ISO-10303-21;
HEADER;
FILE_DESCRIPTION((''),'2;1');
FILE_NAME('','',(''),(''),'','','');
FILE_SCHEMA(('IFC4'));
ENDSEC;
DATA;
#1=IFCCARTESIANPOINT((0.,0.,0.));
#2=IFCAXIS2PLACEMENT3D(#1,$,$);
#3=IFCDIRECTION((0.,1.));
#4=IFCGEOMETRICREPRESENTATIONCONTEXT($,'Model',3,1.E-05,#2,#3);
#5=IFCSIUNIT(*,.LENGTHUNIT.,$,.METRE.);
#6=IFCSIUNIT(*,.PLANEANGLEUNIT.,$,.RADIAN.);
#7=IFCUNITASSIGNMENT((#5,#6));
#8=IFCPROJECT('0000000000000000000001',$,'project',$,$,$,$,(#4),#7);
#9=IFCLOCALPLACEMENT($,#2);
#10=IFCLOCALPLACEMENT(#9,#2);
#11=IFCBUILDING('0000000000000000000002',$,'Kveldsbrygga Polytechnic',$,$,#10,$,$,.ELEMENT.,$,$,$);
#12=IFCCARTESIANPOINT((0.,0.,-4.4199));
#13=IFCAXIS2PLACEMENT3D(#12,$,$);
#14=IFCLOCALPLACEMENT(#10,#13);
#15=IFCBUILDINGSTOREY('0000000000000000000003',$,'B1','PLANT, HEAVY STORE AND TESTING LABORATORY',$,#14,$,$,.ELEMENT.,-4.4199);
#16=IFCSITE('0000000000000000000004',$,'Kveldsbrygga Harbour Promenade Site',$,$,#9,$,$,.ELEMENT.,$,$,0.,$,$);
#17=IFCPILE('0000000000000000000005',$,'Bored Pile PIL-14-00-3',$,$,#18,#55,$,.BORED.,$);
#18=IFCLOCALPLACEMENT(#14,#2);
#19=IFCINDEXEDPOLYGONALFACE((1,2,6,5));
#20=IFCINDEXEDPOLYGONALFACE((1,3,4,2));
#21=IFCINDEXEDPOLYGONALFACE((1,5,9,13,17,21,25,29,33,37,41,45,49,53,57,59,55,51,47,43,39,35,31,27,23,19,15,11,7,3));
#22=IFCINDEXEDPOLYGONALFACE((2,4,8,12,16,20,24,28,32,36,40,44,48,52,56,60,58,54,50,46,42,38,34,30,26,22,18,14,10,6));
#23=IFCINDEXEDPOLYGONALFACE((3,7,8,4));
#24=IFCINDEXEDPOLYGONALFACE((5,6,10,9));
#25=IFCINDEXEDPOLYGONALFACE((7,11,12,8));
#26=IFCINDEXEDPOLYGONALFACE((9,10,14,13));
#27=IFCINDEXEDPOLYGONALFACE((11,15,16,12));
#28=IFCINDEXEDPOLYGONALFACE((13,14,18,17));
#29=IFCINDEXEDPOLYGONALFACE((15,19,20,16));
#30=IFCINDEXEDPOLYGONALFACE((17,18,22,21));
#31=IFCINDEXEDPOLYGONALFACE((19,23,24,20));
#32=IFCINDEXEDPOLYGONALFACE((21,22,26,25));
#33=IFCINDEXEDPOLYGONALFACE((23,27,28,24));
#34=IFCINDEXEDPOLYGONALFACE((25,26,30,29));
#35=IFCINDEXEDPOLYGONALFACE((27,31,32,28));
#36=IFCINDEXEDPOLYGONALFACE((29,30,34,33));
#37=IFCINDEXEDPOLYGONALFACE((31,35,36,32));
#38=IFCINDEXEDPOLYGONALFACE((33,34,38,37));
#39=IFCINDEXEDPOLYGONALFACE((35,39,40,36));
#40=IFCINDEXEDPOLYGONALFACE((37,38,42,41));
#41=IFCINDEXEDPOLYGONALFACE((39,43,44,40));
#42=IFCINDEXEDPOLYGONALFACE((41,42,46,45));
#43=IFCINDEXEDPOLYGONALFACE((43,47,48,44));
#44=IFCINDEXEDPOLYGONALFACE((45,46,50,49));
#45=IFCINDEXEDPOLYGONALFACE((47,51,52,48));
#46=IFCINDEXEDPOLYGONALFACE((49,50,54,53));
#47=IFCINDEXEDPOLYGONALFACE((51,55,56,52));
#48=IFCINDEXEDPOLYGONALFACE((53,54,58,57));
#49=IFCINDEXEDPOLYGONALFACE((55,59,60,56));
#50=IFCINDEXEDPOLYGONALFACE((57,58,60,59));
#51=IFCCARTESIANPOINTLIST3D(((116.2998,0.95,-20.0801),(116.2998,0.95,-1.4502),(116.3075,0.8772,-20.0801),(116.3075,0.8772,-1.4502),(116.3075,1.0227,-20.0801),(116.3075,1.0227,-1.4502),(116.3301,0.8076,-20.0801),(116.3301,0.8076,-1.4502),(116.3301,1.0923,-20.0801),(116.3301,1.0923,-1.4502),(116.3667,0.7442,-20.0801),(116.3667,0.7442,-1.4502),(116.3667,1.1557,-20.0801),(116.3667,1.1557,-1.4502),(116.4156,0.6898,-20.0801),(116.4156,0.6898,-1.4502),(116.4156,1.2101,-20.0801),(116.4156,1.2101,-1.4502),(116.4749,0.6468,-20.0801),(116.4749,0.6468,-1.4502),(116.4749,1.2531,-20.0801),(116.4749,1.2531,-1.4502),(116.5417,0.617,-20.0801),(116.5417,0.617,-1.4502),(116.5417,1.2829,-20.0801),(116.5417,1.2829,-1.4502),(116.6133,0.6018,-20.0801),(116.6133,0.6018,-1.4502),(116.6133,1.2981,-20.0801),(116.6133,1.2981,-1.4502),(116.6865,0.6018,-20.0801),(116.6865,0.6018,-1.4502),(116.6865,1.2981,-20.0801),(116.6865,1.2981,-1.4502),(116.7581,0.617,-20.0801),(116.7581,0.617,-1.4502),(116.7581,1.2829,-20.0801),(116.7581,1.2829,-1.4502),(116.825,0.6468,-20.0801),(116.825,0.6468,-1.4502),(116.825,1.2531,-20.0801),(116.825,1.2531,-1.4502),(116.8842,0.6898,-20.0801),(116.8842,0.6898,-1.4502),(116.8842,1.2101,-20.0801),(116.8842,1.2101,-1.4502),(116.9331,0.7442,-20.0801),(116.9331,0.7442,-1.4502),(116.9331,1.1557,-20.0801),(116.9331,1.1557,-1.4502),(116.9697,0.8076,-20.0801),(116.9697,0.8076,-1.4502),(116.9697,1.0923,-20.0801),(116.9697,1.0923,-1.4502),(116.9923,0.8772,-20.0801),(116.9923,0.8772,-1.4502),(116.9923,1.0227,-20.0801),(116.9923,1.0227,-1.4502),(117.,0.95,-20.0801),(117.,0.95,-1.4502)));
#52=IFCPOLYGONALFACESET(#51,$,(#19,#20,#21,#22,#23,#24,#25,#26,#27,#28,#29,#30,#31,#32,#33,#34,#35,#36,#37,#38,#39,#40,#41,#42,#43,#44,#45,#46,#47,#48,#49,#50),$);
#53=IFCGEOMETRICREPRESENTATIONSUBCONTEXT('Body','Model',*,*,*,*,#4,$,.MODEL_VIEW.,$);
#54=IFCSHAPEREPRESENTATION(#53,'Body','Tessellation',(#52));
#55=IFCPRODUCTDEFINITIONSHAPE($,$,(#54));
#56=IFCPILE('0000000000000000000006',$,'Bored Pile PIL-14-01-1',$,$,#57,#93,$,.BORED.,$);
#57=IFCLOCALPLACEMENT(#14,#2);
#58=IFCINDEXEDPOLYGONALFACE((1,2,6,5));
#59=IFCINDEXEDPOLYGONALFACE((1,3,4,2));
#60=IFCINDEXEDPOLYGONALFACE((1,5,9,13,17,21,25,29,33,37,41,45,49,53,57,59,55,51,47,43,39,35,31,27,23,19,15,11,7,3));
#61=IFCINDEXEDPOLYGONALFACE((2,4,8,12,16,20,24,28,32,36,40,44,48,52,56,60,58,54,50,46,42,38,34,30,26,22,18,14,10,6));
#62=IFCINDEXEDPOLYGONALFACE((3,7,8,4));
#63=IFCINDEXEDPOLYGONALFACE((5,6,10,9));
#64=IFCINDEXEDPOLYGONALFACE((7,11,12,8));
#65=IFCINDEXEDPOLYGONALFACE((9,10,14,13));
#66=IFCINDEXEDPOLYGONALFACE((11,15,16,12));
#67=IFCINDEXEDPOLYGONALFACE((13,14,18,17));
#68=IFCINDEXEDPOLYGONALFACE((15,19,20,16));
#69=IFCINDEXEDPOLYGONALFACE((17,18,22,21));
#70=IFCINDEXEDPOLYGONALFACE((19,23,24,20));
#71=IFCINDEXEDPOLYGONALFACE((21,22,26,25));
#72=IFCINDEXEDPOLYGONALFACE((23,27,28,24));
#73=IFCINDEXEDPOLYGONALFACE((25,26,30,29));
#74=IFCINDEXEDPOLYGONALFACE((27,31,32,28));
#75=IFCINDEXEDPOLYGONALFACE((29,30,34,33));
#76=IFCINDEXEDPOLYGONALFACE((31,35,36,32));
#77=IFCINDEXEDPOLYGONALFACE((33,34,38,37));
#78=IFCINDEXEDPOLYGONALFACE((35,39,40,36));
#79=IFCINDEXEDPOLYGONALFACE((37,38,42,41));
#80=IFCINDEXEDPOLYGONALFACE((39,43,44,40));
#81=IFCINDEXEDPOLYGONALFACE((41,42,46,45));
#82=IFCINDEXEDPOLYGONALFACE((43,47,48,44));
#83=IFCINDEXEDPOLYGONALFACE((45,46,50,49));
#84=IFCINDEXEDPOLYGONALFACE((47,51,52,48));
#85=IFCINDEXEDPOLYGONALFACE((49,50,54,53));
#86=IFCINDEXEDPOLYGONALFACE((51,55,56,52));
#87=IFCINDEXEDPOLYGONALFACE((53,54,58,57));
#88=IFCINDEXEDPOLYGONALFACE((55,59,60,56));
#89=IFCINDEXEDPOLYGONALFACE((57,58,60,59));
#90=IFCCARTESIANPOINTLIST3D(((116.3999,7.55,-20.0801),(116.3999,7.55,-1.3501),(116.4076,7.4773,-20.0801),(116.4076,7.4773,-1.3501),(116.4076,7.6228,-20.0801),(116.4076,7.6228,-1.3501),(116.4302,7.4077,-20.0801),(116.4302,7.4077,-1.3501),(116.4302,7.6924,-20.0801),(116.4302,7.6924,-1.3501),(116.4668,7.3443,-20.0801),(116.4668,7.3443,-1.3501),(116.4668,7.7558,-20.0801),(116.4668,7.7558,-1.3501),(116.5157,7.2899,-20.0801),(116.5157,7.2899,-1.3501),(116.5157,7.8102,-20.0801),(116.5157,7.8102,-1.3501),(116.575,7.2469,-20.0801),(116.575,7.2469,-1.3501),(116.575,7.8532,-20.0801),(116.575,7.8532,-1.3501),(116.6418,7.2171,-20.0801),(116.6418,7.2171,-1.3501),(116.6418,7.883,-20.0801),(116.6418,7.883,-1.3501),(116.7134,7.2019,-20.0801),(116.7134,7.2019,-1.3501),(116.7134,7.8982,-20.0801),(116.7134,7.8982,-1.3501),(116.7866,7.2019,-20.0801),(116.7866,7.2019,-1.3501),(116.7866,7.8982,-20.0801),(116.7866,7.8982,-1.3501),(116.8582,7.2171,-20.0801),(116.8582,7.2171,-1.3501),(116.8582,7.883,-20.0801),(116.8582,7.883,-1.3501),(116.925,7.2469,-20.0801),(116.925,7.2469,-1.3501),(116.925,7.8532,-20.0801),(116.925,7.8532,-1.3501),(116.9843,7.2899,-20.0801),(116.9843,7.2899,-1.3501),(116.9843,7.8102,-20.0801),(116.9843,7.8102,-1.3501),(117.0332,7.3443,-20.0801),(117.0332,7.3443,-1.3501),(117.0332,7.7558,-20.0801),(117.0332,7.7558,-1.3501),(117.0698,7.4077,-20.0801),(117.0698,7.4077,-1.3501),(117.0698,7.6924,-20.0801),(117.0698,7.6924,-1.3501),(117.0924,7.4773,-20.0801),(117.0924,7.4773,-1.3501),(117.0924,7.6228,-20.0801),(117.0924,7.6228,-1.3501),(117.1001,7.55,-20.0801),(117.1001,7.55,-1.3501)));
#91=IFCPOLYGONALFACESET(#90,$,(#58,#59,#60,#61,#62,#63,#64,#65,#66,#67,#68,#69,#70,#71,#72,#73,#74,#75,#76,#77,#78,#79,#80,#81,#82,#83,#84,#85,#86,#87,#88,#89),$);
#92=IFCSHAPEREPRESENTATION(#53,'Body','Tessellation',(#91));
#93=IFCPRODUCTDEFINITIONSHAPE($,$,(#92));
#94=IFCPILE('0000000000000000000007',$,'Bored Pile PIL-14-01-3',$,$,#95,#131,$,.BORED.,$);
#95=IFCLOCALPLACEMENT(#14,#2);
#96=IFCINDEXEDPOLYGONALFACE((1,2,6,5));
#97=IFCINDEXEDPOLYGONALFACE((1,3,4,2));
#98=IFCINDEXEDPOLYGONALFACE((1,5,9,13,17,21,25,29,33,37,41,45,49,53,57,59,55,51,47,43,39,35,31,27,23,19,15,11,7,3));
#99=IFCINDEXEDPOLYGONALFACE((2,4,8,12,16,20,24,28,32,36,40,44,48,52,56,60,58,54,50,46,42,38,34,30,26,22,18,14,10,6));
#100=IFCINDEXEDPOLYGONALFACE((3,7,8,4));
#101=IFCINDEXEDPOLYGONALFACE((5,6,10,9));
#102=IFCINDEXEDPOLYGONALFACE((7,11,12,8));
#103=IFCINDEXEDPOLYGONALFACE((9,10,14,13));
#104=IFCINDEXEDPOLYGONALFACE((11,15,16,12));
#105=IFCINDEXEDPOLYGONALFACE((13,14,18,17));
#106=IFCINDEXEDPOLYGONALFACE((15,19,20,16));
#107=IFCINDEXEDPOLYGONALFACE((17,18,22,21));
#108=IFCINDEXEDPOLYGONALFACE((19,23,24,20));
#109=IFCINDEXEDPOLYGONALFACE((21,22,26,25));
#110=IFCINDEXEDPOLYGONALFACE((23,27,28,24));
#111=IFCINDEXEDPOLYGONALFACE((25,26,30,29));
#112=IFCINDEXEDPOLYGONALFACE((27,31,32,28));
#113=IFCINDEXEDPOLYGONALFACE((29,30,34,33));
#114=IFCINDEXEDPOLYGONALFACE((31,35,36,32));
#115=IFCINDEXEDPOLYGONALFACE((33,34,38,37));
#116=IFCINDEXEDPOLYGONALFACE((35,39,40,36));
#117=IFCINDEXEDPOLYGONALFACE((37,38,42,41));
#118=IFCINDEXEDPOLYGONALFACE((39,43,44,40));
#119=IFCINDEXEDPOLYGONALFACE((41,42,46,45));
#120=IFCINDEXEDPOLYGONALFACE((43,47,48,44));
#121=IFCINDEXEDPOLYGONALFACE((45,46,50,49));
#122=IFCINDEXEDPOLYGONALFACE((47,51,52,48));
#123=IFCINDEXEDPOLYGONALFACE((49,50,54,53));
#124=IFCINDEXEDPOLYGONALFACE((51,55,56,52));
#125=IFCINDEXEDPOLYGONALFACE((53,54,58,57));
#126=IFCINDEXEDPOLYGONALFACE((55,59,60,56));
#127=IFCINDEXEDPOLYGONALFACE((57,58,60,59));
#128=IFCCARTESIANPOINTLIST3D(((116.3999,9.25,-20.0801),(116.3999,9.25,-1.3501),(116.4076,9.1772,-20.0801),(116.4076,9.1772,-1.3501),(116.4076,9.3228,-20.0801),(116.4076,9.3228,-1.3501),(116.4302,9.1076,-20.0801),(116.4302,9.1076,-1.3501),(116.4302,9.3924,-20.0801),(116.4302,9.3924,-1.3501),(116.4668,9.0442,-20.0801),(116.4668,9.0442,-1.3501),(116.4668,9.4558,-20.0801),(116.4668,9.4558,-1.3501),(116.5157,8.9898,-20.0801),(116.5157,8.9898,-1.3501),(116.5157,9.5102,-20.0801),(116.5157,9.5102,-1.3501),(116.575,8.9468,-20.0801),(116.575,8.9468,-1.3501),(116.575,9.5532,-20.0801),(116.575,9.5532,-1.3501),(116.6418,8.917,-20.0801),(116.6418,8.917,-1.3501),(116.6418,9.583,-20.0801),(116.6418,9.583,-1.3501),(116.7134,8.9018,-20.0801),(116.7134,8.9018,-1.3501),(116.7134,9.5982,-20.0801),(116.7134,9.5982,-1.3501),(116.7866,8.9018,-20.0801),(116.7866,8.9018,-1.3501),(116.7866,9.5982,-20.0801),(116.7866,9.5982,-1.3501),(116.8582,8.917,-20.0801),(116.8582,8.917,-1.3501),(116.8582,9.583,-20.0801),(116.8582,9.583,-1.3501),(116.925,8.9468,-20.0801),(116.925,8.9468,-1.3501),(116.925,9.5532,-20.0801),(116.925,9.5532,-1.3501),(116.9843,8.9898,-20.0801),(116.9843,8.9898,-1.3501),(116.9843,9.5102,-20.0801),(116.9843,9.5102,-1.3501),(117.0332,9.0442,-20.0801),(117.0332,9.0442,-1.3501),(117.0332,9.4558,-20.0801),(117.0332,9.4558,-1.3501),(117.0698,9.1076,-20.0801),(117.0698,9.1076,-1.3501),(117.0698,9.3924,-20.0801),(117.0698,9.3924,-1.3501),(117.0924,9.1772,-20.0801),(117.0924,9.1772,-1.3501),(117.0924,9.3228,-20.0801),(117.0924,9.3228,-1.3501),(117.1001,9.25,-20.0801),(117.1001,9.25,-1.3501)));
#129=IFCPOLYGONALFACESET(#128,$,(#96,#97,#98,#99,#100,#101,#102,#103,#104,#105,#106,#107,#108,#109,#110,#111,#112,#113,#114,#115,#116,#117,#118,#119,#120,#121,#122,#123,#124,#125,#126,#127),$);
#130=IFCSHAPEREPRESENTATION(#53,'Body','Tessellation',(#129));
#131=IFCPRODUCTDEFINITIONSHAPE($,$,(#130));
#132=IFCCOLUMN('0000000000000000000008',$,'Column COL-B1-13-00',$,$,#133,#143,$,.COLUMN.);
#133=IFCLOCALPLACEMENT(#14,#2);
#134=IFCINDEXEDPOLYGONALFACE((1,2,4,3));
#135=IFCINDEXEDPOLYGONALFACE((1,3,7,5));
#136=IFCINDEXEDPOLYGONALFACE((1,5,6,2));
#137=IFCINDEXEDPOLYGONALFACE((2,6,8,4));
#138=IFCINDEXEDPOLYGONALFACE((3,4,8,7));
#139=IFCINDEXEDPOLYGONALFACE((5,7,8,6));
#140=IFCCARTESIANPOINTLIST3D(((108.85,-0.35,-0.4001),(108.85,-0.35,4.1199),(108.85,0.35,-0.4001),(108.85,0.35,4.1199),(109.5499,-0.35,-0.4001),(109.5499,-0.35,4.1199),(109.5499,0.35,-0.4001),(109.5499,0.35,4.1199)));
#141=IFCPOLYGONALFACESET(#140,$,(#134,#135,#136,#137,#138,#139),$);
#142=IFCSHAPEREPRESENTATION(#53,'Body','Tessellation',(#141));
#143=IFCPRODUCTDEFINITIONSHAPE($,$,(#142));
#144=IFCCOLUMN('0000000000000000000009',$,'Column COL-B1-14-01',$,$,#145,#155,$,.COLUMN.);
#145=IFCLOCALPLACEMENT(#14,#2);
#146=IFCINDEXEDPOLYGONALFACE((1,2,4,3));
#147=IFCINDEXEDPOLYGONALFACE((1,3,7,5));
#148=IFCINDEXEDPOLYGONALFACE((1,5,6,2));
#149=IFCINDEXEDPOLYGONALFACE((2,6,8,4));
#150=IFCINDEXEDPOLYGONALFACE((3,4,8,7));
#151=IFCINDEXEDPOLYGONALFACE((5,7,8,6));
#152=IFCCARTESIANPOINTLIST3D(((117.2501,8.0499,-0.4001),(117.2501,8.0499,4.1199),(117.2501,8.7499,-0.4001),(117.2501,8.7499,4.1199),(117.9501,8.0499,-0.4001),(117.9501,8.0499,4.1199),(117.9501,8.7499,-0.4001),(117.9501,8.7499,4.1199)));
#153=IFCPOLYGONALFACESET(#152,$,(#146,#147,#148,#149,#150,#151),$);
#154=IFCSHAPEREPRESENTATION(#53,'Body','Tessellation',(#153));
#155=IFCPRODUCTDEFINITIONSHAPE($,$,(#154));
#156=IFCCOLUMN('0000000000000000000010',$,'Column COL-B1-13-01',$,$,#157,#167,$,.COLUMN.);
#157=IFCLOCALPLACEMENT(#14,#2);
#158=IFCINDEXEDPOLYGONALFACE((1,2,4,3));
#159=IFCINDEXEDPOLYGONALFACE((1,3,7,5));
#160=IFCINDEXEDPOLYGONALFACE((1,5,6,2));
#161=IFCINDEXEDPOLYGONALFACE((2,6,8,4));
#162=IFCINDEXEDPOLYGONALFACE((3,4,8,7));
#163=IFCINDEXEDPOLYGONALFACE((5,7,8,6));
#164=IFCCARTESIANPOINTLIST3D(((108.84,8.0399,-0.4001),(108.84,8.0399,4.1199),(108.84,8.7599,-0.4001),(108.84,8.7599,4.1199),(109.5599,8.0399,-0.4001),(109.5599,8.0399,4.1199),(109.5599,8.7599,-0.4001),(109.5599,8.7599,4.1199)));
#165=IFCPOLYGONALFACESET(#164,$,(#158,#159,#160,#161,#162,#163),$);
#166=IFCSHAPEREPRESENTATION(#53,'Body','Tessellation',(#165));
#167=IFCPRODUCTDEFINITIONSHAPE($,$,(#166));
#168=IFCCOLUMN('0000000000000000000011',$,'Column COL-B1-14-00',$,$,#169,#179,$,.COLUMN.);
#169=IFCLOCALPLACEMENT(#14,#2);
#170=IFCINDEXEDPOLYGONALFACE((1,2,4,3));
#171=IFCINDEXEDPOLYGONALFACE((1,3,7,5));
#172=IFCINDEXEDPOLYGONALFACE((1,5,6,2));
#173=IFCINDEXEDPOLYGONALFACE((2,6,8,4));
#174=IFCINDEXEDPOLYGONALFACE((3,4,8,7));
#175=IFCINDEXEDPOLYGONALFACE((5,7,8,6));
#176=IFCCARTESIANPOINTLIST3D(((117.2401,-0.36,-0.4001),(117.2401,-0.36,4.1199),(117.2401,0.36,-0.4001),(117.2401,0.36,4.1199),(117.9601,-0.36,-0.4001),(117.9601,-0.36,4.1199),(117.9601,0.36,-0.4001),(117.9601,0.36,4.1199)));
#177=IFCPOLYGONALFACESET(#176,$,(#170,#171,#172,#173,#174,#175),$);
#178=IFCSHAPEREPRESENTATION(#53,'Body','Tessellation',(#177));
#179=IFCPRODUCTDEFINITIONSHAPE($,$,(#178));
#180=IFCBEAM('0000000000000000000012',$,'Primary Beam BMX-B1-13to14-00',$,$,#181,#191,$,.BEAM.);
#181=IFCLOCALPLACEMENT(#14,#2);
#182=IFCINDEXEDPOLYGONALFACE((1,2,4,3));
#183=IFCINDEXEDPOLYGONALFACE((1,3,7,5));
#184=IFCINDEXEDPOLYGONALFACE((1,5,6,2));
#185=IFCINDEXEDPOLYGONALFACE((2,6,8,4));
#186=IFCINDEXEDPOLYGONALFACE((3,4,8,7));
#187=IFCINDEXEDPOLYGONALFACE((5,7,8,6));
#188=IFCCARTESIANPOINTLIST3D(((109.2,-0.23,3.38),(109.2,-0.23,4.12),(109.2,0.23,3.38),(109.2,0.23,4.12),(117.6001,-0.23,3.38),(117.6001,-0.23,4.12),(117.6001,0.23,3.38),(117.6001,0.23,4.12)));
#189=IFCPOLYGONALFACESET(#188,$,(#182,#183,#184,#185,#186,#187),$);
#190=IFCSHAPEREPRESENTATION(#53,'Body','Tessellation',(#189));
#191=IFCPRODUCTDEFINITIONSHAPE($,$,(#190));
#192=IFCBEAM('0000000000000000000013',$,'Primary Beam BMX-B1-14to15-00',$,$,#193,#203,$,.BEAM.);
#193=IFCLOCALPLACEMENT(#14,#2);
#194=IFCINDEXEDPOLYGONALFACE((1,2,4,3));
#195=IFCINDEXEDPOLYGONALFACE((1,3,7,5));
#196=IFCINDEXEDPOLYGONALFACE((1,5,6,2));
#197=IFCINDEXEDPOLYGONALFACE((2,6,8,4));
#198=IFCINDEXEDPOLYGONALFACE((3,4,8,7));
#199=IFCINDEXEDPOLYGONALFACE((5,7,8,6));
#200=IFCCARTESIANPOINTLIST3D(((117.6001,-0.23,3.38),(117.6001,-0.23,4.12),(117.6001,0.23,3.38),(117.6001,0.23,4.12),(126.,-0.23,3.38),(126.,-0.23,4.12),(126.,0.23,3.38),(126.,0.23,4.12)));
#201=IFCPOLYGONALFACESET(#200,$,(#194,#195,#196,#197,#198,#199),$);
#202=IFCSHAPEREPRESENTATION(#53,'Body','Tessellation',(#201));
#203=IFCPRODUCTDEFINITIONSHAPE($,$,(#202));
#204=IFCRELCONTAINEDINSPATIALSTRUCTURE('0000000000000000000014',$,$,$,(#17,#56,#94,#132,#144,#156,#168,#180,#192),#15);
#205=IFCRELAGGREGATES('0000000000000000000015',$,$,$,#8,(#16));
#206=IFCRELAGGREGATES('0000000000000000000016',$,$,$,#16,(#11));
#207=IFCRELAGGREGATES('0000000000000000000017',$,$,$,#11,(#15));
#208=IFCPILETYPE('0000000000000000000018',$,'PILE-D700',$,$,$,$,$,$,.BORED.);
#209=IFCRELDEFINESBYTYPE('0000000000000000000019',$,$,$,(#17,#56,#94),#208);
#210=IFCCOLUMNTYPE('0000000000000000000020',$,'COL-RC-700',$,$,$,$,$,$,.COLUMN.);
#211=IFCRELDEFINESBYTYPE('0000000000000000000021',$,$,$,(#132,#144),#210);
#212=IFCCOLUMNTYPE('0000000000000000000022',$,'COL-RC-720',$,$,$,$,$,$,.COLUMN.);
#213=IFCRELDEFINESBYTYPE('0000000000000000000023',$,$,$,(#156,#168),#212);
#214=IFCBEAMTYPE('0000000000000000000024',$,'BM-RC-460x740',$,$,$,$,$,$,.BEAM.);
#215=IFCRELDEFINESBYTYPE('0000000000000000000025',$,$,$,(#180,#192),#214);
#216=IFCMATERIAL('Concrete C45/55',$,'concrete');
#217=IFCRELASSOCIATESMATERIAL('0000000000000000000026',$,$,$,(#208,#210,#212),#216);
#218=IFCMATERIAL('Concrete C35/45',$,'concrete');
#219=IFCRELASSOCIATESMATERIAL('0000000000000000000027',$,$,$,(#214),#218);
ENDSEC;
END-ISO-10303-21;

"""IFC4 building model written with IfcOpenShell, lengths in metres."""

from ifc_helpers import new_model, si_unit, direction, frame, origin, origin_2d, place, context, subcontext, project, spatial, rectangle, circle, extrude, material, material_profile, profile_set, type_object, element, save


model = new_model("IFC4")

# Units and contexts
model_context = context("Model", 3, precision=1e-05, world=origin(), true_north=direction((0.0, 1.0)))
body_context = subcontext(model_context, "Body", "Model", "MODEL_VIEW")
ifc_project = project(units=[si_unit("LENGTHUNIT", "METRE"), si_unit("PLANEANGLEUNIT", "RADIAN")], contexts=[model_context])

# Site, building, storey
site_placement = place(None, origin())
site = spatial("IfcSite", under=ifc_project, at=site_placement, Name="Kveldsbrygga Harbour Promenade Site", CompositionType="ELEMENT", RefElevation=0.0)
building_placement = place(site_placement, origin())
building = spatial("IfcBuilding", under=site, at=building_placement, Name="Kveldsbrygga Polytechnic", CompositionType="ELEMENT")
storey_placement = place(building_placement, frame((0.0, 0.0, -4.4199)))
storey = spatial("IfcBuildingStorey", under=building, at=storey_placement, Name="B1", Description="PLANT, HEAVY STORE AND TESTING LABORATORY", CompositionType="ELEMENT", Elevation=-4.4199)

# Shared definitions
ifc_material_1 = material(Name="Concrete C45/55", Category="concrete")

# Piles
ifc_material_profile_1 = material_profile(ifc_material_1, circle(Radius=0.3501, at=origin_2d()), Name="PILE D700")
ifc_profile_set_1 = profile_set([ifc_material_profile_1], Name="Concrete C45/55")
pile_type = type_object("IfcPileType", Name="PILE-D700", PredefinedType="BORED", material=ifc_profile_set_1)
for number, where, z_axis, x_axis, name in (
    (1, (116.6499, 0.95, -1.4502), (0.0, 0.0, -1.0), (1.0, 0.0, 0.0), "Bored Pile PIL-14-00-3"),
):
    element("IfcPile", number, at=place(storey_placement, frame(where, z_axis=z_axis, x_axis=x_axis)), inside=storey, type_object=pile_type, Name=name, PredefinedType="BORED", context=body_context, shape_type="SweptSolid", body=[
        extrude(circle(Radius=0.3501, at=origin_2d()), origin(), (0.0, 0.0, 1.0), 18.6299),
    ])
for number, where, z_axis, x_axis, name in (
    (2, (116.75, 7.55, -1.3501), (0.0, 0.0, -1.0), (1.0, 0.0, 0.0), "Bored Pile PIL-14-01-1"),
    (3, (116.75, 9.25, -1.3501), (0.0, 0.0, -1.0), (1.0, 0.0, 0.0), "Bored Pile PIL-14-01-3"),
):
    element("IfcPile", number, at=place(storey_placement, frame(where, z_axis=z_axis, x_axis=x_axis)), inside=storey, type_object=pile_type, Name=name, PredefinedType="BORED", context=body_context, shape_type="SweptSolid", body=[
        extrude(circle(Radius=0.3501, at=origin_2d()), origin(), (0.0, 0.0, 1.0), 18.73),
    ])

# Columns
ifc_material_profile_2 = material_profile(ifc_material_1, rectangle(XDim=0.7, YDim=0.7, at=origin_2d()), Name="RC 700x700")
ifc_profile_set_2 = profile_set([ifc_material_profile_2], Name="Concrete C45/55")
column_type_1 = type_object("IfcColumnType", Name="COL-RC-700", PredefinedType="COLUMN", material=ifc_profile_set_2)
for number, where, z_axis, x_axis, name in (
    (4, (109.2, 0.0, -0.4001), (0.0, 0.0, 1.0), (1.0, 0.0, 0.0), "Column COL-B1-13-00"),
    (5, (117.6001, 8.3999, -0.4001), (0.0, 0.0, 1.0), (1.0, 0.0, 0.0), "Column COL-B1-14-01"),
):
    element("IfcColumn", number, at=place(storey_placement, frame(where, z_axis=z_axis, x_axis=x_axis)), inside=storey, type_object=column_type_1, Name=name, PredefinedType="COLUMN", context=body_context, shape_type="SweptSolid", body=[
        extrude(rectangle(XDim=0.7, YDim=0.7, at=origin_2d()), origin(), (0.0, 0.0, 1.0), 4.52),
    ])
ifc_material_profile_3 = material_profile(ifc_material_1, rectangle(XDim=0.72, YDim=0.72, at=origin_2d()), Name="RC 720x720")
ifc_profile_set_3 = profile_set([ifc_material_profile_3], Name="Concrete C45/55")
column_type_2 = type_object("IfcColumnType", Name="COL-RC-720", PredefinedType="COLUMN", material=ifc_profile_set_3)
for number, where, z_axis, x_axis, name in (
    (6, (109.2, 8.3999, -0.4001), (0.0, 0.0, 1.0), (1.0, 0.0, 0.0), "Column COL-B1-13-01"),
    (7, (117.6001, 0.0, -0.4001), (0.0, 0.0, 1.0), (1.0, 0.0, 0.0), "Column COL-B1-14-00"),
):
    element("IfcColumn", number, at=place(storey_placement, frame(where, z_axis=z_axis, x_axis=x_axis)), inside=storey, type_object=column_type_2, Name=name, PredefinedType="COLUMN", context=body_context, shape_type="SweptSolid", body=[
        extrude(rectangle(XDim=0.72, YDim=0.72, at=origin_2d()), origin(), (0.0, 0.0, 1.0), 4.52),
    ])

# Beams
ifc_material_2 = material(Name="Concrete C35/45", Category="concrete")
ifc_material_profile_4 = material_profile(ifc_material_2, rectangle(XDim=0.46, YDim=0.74, at=origin_2d()), Name="RC 460x740")
ifc_profile_set_4 = profile_set([ifc_material_profile_4], Name="Concrete C35/45")
beam_type_1 = type_object("IfcBeamType", Name="BM-RC-460x740", PredefinedType="BEAM", material=ifc_profile_set_4)
beam_1_placement = place(storey_placement, frame((109.2, 0.0, 3.75), z_axis=(1.0, 0.0, 0.0), x_axis=(0.0, 1.0, 0.0)))
element("IfcBeam", 8, at=beam_1_placement, inside=storey, type_object=beam_type_1, Name="Primary Beam BMX-B1-13to14-00", PredefinedType="BEAM", context=body_context, shape_type="SweptSolid", body=[
    extrude(rectangle(XDim=0.46, YDim=0.74, at=origin_2d()), origin(), (0.0, 0.0, 1.0), 8.4001),
])
beam_2_placement = place(storey_placement, frame((117.6001, 0.0, 3.75), z_axis=(1.0, 0.0, 0.0), x_axis=(0.0, 1.0, 0.0)))
element("IfcBeam", 9, at=beam_2_placement, inside=storey, type_object=beam_type_1, Name="Primary Beam BMX-B1-14to15-00", PredefinedType="BEAM", context=body_context, shape_type="SweptSolid", body=[
    extrude(rectangle(XDim=0.46, YDim=0.74, at=origin_2d()), origin(), (0.0, 0.0, 1.0), 8.3999),
])

save(model, "model.ifc")
